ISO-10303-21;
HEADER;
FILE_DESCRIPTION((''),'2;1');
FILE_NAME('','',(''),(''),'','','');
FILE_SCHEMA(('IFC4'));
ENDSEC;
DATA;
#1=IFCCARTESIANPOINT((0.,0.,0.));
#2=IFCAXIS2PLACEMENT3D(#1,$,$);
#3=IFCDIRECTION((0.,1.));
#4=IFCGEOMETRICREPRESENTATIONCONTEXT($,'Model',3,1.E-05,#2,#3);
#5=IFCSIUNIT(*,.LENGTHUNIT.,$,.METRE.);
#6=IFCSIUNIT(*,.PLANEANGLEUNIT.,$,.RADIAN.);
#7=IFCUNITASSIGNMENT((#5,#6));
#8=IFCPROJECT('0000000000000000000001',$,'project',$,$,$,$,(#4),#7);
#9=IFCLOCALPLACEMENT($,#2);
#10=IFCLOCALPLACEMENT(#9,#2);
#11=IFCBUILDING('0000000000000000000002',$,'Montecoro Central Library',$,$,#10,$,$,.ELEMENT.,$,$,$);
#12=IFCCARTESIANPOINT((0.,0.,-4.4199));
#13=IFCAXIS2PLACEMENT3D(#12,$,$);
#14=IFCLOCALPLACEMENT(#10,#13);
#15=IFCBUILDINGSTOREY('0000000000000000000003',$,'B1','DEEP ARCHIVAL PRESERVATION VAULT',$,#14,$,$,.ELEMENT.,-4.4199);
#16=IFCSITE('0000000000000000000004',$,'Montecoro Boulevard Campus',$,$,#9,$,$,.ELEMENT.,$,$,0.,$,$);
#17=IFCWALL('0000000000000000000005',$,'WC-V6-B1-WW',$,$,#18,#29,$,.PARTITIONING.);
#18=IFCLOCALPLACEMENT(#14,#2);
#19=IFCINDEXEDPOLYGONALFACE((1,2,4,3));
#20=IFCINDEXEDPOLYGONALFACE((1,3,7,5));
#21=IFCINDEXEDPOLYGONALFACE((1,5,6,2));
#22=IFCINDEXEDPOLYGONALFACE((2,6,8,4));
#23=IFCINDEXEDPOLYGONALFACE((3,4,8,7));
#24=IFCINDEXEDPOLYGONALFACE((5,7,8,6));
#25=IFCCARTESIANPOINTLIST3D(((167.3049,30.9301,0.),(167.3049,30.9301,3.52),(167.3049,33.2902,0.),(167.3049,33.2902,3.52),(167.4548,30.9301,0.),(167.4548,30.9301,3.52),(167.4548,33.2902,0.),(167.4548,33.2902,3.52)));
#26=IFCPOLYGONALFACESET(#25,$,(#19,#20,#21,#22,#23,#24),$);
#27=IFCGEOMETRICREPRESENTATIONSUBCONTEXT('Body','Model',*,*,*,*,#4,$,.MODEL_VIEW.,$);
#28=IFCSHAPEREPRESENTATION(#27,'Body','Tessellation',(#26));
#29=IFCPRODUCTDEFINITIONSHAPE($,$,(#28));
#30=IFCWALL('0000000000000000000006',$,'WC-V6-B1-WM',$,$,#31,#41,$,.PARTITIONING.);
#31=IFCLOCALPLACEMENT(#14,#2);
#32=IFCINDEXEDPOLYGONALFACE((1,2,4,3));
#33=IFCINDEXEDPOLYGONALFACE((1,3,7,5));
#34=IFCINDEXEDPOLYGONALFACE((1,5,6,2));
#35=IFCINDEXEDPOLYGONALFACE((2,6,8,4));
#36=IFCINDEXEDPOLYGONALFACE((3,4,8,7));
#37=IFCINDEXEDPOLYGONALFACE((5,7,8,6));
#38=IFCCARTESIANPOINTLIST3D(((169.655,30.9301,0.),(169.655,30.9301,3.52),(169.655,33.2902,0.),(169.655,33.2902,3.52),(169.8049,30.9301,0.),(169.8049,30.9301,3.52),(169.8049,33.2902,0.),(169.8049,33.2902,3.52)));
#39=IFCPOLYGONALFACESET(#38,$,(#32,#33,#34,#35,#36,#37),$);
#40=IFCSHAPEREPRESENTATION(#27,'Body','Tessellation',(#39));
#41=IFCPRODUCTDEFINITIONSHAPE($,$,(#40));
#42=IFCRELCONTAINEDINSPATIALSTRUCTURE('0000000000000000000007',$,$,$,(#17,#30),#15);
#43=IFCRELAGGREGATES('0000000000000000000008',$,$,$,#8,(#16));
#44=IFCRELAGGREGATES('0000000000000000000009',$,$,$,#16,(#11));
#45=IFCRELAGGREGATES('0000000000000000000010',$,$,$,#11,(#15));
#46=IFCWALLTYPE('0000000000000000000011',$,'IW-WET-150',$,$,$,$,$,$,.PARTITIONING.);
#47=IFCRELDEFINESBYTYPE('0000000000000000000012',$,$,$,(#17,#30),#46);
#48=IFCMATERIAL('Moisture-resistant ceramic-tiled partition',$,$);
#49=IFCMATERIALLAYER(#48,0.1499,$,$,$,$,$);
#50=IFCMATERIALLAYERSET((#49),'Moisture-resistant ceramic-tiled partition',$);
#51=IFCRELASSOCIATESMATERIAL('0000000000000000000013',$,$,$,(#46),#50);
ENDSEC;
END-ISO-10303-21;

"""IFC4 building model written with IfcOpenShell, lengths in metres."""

from ifc_helpers import new_model, si_unit, direction, frame, frame_2d, origin, place, context, subcontext, project, spatial, rectangle, extrude, material, layer, layer_set, type_object, element, save


model = new_model("IFC4")

# Units and contexts
model_context = context("Model", 3, precision=1e-05, world=origin(), true_north=direction((0.0, 1.0)))
body_context = subcontext(model_context, "Body", "Model", "MODEL_VIEW")
ifc_project = project(units=[si_unit("LENGTHUNIT", "METRE"), si_unit("PLANEANGLEUNIT", "RADIAN")], contexts=[model_context])

# Site, building, storey
site_placement = place(None, origin())
site = spatial("IfcSite", under=ifc_project, at=site_placement, Name="Montecoro Boulevard Campus", CompositionType="ELEMENT", RefElevation=0.0)
building_placement = place(site_placement, origin())
building = spatial("IfcBuilding", under=site, at=building_placement, Name="Montecoro Central Library", CompositionType="ELEMENT")
storey_placement = place(building_placement, frame((0.0, 0.0, -4.4199)))
storey = spatial("IfcBuildingStorey", under=building, at=storey_placement, Name="B1", Description="DEEP ARCHIVAL PRESERVATION VAULT", CompositionType="ELEMENT", Elevation=-4.4199)

# Walls
ifc_material_1 = material(Name="Moisture-resistant ceramic-tiled partition")
ifc_layer_1 = layer(ifc_material_1, 0.1499)
ifc_layer_set_1 = layer_set([ifc_layer_1], Name="Moisture-resistant ceramic-tiled partition")
wall_type_1 = type_object("IfcWallType", Name="IW-WET-150", PredefinedType="PARTITIONING", material=ifc_layer_set_1)
for number, where, z_axis, x_axis, name in (
    (1, (167.3799, 30.9299, 0.0), (0.0, 0.0, 1.0), (0.0, 1.0, 0.0), "WC-V6-B1-WW"),
    (2, (169.73, 30.9299, 0.0), (0.0, 0.0, 1.0), (0.0, 1.0, 0.0), "WC-V6-B1-WM"),
):
    element("IfcWall", number, at=place(storey_placement, frame(where, z_axis=z_axis, x_axis=x_axis)), inside=storey, type_object=wall_type_1, Name=name, PredefinedType="PARTITIONING", context=body_context, shape_type="SweptSolid", body=[
        extrude(rectangle(XDim=2.3601, YDim=0.1499, at=frame_2d((1.1802, 0.0))), origin(), (0.0, 0.0, 1.0), 3.52),
    ])

save(model, "model.ifc")
